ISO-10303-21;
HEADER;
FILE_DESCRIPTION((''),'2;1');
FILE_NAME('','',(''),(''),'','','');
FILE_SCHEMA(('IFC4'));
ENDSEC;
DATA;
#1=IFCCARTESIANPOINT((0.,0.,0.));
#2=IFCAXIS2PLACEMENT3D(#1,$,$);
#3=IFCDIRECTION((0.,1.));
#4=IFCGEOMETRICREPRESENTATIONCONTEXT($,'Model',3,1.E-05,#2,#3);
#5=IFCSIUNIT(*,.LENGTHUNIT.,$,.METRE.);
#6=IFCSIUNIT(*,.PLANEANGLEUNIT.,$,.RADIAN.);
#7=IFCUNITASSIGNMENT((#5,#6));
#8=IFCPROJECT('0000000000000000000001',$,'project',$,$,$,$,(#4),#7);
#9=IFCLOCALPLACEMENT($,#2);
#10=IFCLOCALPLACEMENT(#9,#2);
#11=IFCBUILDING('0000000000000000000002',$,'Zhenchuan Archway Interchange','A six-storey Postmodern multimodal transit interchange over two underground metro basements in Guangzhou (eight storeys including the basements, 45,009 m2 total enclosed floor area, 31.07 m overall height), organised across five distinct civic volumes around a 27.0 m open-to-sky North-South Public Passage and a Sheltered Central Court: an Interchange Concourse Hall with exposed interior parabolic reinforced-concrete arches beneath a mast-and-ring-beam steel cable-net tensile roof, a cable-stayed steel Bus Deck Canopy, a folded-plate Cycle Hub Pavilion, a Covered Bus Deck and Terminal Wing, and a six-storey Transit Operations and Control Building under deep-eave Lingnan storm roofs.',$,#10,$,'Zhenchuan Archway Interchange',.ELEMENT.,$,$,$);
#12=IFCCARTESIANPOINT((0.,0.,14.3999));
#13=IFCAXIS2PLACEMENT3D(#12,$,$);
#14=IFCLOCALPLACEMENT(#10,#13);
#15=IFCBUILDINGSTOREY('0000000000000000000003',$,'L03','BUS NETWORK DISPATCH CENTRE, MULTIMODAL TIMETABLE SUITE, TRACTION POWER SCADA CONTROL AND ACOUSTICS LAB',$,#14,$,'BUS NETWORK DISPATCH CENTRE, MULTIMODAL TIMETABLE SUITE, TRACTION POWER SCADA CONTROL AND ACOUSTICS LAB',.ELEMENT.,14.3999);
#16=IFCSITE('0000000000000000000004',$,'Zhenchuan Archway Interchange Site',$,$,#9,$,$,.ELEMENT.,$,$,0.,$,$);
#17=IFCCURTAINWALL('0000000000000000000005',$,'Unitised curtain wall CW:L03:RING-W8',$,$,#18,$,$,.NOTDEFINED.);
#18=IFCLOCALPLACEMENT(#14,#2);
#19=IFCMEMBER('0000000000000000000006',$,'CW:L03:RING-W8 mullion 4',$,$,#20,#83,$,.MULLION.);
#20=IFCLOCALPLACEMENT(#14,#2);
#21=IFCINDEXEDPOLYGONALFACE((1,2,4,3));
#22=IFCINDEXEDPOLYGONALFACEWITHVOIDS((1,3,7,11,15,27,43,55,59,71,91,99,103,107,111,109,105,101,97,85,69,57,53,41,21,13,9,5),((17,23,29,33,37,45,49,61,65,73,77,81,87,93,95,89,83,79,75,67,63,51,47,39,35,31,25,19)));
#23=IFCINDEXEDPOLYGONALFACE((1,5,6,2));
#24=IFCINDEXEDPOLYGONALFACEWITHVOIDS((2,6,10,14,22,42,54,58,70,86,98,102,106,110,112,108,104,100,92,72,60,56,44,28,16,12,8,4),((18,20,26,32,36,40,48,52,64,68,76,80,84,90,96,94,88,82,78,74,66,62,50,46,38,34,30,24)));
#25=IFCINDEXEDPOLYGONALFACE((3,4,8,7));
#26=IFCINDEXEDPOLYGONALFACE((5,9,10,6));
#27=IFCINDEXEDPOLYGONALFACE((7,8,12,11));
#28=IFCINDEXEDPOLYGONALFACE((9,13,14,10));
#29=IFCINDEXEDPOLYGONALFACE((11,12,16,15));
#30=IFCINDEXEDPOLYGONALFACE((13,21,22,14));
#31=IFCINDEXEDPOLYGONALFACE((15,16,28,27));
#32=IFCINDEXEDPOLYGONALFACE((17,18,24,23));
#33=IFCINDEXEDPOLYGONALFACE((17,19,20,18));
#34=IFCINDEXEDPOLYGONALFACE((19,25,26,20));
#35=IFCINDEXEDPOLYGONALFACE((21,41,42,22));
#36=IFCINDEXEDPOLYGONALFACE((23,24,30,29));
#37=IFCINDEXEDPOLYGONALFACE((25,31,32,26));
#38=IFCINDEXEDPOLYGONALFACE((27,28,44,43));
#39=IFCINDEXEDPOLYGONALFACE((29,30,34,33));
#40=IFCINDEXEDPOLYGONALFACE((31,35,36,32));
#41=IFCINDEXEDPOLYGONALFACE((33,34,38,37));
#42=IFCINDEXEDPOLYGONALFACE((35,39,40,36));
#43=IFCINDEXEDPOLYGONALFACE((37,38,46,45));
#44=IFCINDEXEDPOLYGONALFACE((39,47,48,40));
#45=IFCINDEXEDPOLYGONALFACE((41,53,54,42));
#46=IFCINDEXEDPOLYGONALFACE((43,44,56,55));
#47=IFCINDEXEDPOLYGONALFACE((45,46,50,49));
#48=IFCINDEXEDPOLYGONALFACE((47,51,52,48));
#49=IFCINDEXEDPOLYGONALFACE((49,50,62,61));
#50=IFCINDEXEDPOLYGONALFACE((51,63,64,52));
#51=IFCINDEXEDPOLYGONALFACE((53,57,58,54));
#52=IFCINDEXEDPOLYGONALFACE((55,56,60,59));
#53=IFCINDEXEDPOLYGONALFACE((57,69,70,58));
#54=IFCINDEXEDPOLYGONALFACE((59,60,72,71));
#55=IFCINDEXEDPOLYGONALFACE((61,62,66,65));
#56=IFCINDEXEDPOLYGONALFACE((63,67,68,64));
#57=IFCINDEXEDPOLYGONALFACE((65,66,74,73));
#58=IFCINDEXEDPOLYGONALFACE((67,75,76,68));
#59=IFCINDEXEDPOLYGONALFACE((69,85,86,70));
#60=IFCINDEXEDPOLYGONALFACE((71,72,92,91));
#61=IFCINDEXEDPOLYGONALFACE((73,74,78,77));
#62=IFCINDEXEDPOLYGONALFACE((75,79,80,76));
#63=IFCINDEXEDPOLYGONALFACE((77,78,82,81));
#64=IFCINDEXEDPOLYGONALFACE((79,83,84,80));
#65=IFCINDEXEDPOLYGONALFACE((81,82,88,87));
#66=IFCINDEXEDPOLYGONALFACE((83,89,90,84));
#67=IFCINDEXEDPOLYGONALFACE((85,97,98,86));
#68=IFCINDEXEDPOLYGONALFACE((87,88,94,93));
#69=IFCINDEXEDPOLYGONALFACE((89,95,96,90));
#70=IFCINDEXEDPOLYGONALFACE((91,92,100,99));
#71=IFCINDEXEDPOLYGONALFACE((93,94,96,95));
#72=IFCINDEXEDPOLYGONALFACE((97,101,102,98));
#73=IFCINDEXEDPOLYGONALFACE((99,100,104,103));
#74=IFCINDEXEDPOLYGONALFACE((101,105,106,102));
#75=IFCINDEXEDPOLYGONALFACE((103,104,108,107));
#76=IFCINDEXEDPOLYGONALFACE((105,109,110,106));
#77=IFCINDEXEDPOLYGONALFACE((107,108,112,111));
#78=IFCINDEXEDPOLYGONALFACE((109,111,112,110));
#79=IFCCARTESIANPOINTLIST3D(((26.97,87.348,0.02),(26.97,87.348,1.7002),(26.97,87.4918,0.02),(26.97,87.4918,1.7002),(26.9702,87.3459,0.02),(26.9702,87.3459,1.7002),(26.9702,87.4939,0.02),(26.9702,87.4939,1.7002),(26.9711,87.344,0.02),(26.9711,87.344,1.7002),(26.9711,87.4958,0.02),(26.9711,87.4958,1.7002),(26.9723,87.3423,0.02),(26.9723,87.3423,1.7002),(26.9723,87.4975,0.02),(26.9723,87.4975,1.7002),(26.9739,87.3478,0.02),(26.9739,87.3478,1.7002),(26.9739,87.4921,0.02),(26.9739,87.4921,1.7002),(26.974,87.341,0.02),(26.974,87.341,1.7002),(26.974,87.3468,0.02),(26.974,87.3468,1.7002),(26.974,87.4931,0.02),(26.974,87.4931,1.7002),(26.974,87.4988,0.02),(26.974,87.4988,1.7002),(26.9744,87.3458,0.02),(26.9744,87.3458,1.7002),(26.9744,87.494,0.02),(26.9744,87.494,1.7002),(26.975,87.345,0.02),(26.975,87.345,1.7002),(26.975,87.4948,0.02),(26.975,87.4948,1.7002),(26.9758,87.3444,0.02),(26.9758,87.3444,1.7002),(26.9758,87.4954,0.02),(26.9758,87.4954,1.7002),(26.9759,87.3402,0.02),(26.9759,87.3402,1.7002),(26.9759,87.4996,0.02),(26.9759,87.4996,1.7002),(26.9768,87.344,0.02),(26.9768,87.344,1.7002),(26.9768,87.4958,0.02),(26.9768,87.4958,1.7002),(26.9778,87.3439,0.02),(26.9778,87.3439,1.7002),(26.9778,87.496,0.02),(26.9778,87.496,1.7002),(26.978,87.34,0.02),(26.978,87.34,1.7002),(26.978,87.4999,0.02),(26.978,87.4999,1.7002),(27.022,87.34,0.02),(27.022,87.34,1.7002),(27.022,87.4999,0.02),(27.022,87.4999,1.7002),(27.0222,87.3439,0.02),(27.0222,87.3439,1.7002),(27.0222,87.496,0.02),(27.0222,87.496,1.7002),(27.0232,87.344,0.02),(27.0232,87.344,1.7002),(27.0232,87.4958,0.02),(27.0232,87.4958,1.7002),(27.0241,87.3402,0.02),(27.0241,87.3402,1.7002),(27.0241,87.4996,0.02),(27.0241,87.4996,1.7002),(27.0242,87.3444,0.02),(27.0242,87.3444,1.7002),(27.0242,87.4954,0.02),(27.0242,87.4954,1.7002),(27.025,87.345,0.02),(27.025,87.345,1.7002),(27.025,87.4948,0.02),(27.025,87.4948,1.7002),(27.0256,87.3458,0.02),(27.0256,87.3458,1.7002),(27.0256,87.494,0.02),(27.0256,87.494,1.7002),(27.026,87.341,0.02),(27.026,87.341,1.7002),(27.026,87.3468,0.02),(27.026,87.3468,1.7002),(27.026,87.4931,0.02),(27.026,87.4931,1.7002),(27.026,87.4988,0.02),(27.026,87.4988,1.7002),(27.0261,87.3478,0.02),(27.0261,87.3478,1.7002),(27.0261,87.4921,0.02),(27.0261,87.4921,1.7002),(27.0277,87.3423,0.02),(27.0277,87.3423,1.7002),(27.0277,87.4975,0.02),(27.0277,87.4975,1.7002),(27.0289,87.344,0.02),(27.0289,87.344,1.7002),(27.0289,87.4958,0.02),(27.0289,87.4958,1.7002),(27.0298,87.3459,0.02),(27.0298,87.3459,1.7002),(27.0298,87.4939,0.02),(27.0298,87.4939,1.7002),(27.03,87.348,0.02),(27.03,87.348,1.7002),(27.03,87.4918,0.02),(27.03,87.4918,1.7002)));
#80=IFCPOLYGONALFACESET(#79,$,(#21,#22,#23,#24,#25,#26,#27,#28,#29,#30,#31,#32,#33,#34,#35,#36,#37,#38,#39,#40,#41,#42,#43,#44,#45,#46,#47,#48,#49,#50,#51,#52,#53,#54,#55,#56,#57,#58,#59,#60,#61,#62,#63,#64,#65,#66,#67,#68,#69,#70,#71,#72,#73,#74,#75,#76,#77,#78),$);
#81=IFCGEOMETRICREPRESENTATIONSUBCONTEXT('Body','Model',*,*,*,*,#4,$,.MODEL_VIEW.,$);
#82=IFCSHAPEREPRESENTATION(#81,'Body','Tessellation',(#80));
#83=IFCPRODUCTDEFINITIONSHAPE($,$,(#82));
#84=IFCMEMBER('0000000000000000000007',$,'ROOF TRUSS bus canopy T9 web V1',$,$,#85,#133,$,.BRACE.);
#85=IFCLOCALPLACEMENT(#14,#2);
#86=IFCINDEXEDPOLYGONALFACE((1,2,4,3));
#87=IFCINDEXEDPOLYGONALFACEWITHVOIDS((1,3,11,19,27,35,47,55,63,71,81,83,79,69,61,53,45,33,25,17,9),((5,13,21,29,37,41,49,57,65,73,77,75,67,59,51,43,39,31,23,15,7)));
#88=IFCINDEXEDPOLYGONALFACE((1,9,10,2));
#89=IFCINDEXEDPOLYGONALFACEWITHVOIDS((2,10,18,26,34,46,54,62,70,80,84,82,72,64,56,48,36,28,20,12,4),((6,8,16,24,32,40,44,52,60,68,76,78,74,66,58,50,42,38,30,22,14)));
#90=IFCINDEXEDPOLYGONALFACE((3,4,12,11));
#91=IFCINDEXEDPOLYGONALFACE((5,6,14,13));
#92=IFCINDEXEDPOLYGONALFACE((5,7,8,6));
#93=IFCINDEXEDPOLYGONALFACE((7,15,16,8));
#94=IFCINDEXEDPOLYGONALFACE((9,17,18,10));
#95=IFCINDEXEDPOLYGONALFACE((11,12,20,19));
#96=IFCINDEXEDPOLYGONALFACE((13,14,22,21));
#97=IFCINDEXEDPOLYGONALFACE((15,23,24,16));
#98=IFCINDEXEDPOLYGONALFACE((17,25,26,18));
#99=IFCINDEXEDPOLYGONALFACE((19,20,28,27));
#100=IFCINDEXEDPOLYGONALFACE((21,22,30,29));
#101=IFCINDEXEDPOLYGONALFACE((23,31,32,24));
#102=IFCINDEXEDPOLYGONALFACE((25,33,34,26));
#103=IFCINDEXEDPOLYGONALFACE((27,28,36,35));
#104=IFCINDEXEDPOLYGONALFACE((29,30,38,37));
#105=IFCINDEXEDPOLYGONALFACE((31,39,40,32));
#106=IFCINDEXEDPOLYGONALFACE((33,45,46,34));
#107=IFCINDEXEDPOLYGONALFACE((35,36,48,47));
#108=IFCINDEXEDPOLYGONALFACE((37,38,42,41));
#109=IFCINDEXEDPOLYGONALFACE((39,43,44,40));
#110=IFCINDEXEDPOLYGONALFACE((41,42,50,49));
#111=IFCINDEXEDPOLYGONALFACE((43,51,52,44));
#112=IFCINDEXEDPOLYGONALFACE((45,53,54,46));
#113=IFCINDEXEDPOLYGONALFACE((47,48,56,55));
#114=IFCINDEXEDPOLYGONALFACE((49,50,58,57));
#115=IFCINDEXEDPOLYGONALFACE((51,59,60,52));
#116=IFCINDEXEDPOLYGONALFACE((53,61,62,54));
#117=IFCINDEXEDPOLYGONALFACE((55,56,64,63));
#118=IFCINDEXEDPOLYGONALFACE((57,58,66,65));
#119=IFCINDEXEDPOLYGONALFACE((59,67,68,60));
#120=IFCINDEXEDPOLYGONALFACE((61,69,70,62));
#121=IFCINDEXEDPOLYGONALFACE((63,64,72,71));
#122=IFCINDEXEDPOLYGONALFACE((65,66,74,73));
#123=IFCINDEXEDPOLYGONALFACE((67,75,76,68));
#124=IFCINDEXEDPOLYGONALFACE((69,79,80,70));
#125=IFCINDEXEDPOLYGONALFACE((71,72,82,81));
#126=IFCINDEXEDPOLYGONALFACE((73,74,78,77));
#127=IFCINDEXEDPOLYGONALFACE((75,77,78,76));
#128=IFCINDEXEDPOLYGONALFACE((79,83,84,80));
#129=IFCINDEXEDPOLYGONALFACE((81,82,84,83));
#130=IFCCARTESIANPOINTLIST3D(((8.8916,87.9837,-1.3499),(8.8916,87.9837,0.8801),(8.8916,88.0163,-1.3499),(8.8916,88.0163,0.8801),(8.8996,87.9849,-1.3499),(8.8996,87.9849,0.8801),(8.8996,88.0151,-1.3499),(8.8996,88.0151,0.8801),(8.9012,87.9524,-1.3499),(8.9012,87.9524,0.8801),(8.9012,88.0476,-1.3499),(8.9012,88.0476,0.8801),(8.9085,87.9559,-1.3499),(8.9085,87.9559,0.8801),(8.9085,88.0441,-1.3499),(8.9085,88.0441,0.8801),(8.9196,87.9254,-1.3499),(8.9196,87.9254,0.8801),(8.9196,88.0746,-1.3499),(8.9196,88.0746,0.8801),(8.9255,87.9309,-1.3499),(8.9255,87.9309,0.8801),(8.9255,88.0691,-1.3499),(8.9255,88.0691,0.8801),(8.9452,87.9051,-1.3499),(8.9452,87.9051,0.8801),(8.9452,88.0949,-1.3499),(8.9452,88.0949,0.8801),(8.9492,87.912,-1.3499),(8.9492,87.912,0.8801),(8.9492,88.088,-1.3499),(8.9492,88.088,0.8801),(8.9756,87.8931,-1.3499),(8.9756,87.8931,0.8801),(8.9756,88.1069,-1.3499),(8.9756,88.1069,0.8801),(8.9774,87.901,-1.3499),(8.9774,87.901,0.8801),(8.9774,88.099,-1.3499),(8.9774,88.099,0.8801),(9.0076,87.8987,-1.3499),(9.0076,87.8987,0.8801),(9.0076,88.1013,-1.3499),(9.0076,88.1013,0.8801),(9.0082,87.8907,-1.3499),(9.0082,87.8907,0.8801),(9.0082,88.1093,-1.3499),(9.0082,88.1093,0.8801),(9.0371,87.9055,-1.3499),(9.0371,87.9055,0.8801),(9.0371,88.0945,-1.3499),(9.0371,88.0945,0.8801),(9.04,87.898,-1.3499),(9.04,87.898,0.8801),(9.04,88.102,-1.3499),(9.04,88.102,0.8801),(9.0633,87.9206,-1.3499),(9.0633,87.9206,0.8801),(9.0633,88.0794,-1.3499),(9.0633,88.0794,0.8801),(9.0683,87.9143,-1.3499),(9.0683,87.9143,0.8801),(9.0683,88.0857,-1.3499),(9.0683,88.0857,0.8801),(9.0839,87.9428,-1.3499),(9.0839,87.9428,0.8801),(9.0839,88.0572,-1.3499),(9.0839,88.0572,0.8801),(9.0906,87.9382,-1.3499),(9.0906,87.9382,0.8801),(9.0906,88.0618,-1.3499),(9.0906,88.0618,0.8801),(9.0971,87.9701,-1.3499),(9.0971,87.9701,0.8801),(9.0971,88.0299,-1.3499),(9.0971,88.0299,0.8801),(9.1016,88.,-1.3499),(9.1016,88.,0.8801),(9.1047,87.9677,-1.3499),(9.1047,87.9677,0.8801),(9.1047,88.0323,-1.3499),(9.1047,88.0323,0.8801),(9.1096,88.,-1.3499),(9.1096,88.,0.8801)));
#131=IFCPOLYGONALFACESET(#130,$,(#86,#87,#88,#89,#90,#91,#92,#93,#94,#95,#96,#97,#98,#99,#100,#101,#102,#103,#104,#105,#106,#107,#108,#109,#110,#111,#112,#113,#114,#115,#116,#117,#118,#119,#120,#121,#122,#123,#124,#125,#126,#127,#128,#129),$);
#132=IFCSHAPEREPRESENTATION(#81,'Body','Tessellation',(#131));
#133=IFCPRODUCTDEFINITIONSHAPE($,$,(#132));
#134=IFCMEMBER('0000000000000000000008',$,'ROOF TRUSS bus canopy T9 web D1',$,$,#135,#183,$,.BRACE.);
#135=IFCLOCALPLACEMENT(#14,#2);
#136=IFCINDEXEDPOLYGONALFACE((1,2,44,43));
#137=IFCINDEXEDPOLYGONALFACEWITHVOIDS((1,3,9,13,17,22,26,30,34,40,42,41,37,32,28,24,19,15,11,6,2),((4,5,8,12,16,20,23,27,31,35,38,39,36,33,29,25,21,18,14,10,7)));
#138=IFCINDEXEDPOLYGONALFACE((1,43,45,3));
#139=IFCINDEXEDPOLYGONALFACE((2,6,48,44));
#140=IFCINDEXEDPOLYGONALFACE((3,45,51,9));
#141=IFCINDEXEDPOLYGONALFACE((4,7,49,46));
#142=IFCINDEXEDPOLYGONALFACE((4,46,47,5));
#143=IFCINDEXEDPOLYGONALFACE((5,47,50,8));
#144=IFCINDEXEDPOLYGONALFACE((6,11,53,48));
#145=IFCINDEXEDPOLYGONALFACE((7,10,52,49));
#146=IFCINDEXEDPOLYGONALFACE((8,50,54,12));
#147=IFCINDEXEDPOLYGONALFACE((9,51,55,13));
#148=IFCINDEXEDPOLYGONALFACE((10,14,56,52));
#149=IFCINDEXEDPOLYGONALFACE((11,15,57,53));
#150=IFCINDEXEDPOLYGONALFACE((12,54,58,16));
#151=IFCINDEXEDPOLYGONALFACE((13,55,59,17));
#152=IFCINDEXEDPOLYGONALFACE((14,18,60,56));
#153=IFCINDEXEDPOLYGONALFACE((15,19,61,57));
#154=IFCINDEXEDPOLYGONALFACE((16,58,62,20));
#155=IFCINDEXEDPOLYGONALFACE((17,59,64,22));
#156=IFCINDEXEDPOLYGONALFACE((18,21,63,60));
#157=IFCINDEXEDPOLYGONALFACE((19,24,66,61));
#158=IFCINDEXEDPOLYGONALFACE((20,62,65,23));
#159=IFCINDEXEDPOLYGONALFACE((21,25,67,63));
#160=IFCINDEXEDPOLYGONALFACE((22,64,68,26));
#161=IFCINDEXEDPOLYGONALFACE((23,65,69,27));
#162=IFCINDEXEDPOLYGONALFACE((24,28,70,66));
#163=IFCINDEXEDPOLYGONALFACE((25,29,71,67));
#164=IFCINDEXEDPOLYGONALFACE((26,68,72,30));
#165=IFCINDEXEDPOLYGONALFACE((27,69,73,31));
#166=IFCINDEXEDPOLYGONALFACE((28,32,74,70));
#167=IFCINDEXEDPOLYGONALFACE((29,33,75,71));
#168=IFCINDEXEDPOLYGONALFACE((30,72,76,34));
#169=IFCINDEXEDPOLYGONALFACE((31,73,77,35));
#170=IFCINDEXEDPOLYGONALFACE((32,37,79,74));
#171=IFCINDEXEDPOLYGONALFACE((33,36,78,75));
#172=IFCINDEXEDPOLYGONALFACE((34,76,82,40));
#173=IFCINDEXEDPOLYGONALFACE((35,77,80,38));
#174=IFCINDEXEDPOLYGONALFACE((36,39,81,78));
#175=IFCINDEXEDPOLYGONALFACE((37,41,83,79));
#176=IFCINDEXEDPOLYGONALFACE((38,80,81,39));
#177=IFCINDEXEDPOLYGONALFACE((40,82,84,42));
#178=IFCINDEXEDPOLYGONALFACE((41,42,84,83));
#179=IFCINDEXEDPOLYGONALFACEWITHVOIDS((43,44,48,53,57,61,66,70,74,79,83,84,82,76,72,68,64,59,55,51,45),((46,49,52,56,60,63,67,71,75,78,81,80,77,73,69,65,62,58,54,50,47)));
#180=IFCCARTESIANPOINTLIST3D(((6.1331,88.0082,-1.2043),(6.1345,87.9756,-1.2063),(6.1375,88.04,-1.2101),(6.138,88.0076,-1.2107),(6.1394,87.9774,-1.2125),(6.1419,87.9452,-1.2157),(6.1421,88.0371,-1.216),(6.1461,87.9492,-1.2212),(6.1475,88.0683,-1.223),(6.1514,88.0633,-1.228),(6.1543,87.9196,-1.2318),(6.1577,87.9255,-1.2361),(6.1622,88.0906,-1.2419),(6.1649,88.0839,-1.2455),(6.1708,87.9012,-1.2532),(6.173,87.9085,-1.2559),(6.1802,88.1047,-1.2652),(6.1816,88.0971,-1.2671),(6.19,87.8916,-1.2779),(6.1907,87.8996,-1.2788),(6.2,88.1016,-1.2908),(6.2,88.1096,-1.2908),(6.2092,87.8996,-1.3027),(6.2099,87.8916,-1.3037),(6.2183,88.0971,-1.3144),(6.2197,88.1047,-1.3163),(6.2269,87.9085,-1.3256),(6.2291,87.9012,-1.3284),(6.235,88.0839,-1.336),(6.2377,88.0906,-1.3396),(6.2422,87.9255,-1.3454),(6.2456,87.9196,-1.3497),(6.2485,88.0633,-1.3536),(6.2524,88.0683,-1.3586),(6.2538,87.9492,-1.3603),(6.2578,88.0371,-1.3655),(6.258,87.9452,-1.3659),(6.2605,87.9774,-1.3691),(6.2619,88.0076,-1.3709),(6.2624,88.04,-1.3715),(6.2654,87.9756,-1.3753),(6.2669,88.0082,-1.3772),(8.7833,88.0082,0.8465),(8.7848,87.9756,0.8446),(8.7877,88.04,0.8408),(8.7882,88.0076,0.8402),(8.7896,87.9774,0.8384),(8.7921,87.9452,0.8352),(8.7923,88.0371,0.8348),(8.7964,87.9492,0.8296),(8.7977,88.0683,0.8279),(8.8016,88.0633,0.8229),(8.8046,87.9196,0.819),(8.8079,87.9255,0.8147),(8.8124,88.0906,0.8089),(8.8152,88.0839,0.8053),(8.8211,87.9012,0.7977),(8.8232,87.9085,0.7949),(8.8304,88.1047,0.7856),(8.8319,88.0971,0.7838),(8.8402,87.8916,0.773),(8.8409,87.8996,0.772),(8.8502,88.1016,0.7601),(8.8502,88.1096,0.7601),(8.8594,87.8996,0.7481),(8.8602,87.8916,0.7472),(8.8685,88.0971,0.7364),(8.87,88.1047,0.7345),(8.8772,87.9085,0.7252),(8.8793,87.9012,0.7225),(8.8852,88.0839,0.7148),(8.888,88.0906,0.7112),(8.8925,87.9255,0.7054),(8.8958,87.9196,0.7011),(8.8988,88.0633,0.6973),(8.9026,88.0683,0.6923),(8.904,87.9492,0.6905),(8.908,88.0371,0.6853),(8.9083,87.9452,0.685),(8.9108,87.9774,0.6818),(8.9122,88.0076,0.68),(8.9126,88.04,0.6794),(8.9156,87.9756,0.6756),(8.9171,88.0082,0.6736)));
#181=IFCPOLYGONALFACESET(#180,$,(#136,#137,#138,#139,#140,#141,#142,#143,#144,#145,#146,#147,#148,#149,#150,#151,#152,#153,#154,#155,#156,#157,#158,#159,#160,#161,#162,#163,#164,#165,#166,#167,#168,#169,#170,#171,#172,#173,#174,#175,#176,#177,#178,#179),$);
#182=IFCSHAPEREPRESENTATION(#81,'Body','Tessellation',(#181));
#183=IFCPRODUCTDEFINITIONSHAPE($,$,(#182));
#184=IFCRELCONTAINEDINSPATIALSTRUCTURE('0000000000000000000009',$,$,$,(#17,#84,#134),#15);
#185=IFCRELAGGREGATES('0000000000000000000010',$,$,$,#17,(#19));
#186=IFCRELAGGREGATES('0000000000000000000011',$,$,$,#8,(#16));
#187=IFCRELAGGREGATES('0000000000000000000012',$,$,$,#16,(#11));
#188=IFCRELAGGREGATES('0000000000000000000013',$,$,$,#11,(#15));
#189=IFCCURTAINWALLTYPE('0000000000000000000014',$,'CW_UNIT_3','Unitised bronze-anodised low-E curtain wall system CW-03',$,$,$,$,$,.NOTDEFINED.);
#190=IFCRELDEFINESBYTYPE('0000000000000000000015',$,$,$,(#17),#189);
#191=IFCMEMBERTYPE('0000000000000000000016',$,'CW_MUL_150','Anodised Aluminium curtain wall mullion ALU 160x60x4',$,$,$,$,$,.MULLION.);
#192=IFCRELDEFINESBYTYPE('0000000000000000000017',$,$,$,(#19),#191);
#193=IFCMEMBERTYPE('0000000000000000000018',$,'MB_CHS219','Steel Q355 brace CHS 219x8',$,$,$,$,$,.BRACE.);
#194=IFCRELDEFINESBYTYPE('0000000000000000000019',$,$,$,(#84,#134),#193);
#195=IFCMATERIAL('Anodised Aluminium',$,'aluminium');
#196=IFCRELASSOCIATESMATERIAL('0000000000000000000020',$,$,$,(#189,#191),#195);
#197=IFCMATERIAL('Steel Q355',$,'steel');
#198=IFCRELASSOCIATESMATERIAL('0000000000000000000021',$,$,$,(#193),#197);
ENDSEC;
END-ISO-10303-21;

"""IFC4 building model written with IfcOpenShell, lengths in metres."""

from ifc_helpers import new_model, si_unit, direction, frame, origin, origin_2d, place, context, subcontext, project, spatial, hollow_rectangle, hollow_circle, extrude, material, material_profile, profile_set, type_object, element, aggregate, save


model = new_model("IFC4")

# Units and contexts
model_context = context("Model", 3, precision=1e-05, world=origin(), true_north=direction((0.0, 1.0)))
body_context = subcontext(model_context, "Body", "Model", "MODEL_VIEW")
ifc_project = project(units=[si_unit("LENGTHUNIT", "METRE"), si_unit("PLANEANGLEUNIT", "RADIAN")], contexts=[model_context])

# Site, building, storey
site_placement = place(None, origin())
site = spatial("IfcSite", under=ifc_project, at=site_placement, Name="Zhenchuan Archway Interchange Site", CompositionType="ELEMENT", RefElevation=0.0)
building_placement = place(site_placement, origin())
building = spatial("IfcBuilding", under=site, at=building_placement, Name="Zhenchuan Archway Interchange", Description="A six-storey Postmodern multimodal transit interchange over two underground metro basements in Guangzhou (eight storeys including the basements, 45,009 m2 total enclosed floor area, 31.07 m overall height), organised across five distinct civic volumes around a 27.0 m open-to-sky North-South Public Passage and a Sheltered Central Court: an Interchange Concourse Hall with exposed interior parabolic reinforced-concrete arches beneath a mast-and-ring-beam steel cable-net tensile roof, a cable-stayed steel Bus Deck Canopy, a folded-plate Cycle Hub Pavilion, a Covered Bus Deck and Terminal Wing, and a six-storey Transit Operations and Control Building under deep-eave Lingnan storm roofs.", LongName="Zhenchuan Archway Interchange", CompositionType="ELEMENT")
storey_placement = place(building_placement, frame((0.0, 0.0, 14.3999)))
storey = spatial("IfcBuildingStorey", under=building, at=storey_placement, Name="L03", Description="BUS NETWORK DISPATCH CENTRE, MULTIMODAL TIMETABLE SUITE, TRACTION POWER SCADA CONTROL AND ACOUSTICS LAB", LongName="BUS NETWORK DISPATCH CENTRE, MULTIMODAL TIMETABLE SUITE, TRACTION POWER SCADA CONTROL AND ACOUSTICS LAB", CompositionType="ELEMENT", Elevation=14.3999)

# Shared definitions
ifc_material_1 = material(Name="Steel Q355", Category="steel")

# Curtain wall, member
ifc_material_2 = material(Name="Anodised Aluminium", Category="aluminium")
curtain_wall_type = type_object("IfcCurtainWallType", Name="CW_UNIT_3", Description="Unitised bronze-anodised low-E curtain wall system CW-03", PredefinedType="NOTDEFINED", material=ifc_material_2)
curtain_wall_placement = place(storey_placement, origin())
curtain_wall = element("IfcCurtainWall", 1, at=curtain_wall_placement, inside=storey, type_object=curtain_wall_type, Name="Unitised curtain wall CW:L03:RING-W8", PredefinedType="NOTDEFINED")
ifc_material_profile_1 = material_profile(ifc_material_2, hollow_rectangle(XDim=0.0601, YDim=0.1599, WallThickness=0.0039, InnerFilletRadius=0.0039, OuterFilletRadius=0.0081, at=origin_2d()), Name="ALU 160x60x4")
ifc_profile_set_1 = profile_set([ifc_material_profile_1], Name="Anodised Aluminium")
member_type_1 = type_object("IfcMemberType", Name="CW_MUL_150", Description="Anodised Aluminium curtain wall mullion ALU 160x60x4", PredefinedType="MULLION", material=ifc_profile_set_1)
member_1_placement = place(storey_placement, frame((27.0, 87.4199, 0.02), z_axis=(0.0, 0.0, 1.0), x_axis=(1.0, 0.0, 0.0)))
member_1 = element("IfcMember", 2, at=member_1_placement, type_object=member_type_1, Name="CW:L03:RING-W8 mullion 4", PredefinedType="MULLION", context=body_context, shape_type="SweptSolid", body=[
    extrude(hollow_rectangle(XDim=0.0601, YDim=0.1599, WallThickness=0.0039, InnerFilletRadius=0.0039, OuterFilletRadius=0.0081, at=origin_2d()), origin(), (0.0, 0.0, 1.0), 1.6802),
])

# Members
ifc_material_profile_2 = material_profile(ifc_material_1, hollow_circle(Radius=0.1096, WallThickness=0.0081, at=origin_2d()), Name="CHS 219x8")
ifc_profile_set_2 = profile_set([ifc_material_profile_2], Name="Steel Q355")
member_type_2 = type_object("IfcMemberType", Name="MB_CHS219", Description="Steel Q355 brace CHS 219x8", PredefinedType="BRACE", material=ifc_profile_set_2)
member_2_placement = place(storey_placement, frame((9.0, 88.0, -1.3499), z_axis=(0.0, 0.0, 1.0), x_axis=(1.0, 0.0, 0.0)))
element("IfcMember", 3, at=member_2_placement, inside=storey, type_object=member_type_2, Name="ROOF TRUSS bus canopy T9 web V1", PredefinedType="BRACE", context=body_context, shape_type="SweptSolid", body=[
    extrude(hollow_circle(Radius=0.1096, WallThickness=0.0081, at=origin_2d()), origin(), (0.0, 0.0, 1.0), 2.23),
])
member_3_placement = place(storey_placement, frame((6.2, 88.0, -1.2908), z_axis=(0.79086, 0.0, 0.611997), x_axis=(0.0, 1.0, 0.0)))
element("IfcMember", 4, at=member_3_placement, inside=storey, type_object=member_type_2, Name="ROOF TRUSS bus canopy T9 web D1", PredefinedType="BRACE", context=body_context, shape_type="SweptSolid", body=[
    extrude(hollow_circle(Radius=0.1096, WallThickness=0.0081, at=origin_2d()), origin(), (0.0, 0.0, 1.0), 3.3511),
])

aggregate(curtain_wall, [member_1])

save(model, "model.ifc")
